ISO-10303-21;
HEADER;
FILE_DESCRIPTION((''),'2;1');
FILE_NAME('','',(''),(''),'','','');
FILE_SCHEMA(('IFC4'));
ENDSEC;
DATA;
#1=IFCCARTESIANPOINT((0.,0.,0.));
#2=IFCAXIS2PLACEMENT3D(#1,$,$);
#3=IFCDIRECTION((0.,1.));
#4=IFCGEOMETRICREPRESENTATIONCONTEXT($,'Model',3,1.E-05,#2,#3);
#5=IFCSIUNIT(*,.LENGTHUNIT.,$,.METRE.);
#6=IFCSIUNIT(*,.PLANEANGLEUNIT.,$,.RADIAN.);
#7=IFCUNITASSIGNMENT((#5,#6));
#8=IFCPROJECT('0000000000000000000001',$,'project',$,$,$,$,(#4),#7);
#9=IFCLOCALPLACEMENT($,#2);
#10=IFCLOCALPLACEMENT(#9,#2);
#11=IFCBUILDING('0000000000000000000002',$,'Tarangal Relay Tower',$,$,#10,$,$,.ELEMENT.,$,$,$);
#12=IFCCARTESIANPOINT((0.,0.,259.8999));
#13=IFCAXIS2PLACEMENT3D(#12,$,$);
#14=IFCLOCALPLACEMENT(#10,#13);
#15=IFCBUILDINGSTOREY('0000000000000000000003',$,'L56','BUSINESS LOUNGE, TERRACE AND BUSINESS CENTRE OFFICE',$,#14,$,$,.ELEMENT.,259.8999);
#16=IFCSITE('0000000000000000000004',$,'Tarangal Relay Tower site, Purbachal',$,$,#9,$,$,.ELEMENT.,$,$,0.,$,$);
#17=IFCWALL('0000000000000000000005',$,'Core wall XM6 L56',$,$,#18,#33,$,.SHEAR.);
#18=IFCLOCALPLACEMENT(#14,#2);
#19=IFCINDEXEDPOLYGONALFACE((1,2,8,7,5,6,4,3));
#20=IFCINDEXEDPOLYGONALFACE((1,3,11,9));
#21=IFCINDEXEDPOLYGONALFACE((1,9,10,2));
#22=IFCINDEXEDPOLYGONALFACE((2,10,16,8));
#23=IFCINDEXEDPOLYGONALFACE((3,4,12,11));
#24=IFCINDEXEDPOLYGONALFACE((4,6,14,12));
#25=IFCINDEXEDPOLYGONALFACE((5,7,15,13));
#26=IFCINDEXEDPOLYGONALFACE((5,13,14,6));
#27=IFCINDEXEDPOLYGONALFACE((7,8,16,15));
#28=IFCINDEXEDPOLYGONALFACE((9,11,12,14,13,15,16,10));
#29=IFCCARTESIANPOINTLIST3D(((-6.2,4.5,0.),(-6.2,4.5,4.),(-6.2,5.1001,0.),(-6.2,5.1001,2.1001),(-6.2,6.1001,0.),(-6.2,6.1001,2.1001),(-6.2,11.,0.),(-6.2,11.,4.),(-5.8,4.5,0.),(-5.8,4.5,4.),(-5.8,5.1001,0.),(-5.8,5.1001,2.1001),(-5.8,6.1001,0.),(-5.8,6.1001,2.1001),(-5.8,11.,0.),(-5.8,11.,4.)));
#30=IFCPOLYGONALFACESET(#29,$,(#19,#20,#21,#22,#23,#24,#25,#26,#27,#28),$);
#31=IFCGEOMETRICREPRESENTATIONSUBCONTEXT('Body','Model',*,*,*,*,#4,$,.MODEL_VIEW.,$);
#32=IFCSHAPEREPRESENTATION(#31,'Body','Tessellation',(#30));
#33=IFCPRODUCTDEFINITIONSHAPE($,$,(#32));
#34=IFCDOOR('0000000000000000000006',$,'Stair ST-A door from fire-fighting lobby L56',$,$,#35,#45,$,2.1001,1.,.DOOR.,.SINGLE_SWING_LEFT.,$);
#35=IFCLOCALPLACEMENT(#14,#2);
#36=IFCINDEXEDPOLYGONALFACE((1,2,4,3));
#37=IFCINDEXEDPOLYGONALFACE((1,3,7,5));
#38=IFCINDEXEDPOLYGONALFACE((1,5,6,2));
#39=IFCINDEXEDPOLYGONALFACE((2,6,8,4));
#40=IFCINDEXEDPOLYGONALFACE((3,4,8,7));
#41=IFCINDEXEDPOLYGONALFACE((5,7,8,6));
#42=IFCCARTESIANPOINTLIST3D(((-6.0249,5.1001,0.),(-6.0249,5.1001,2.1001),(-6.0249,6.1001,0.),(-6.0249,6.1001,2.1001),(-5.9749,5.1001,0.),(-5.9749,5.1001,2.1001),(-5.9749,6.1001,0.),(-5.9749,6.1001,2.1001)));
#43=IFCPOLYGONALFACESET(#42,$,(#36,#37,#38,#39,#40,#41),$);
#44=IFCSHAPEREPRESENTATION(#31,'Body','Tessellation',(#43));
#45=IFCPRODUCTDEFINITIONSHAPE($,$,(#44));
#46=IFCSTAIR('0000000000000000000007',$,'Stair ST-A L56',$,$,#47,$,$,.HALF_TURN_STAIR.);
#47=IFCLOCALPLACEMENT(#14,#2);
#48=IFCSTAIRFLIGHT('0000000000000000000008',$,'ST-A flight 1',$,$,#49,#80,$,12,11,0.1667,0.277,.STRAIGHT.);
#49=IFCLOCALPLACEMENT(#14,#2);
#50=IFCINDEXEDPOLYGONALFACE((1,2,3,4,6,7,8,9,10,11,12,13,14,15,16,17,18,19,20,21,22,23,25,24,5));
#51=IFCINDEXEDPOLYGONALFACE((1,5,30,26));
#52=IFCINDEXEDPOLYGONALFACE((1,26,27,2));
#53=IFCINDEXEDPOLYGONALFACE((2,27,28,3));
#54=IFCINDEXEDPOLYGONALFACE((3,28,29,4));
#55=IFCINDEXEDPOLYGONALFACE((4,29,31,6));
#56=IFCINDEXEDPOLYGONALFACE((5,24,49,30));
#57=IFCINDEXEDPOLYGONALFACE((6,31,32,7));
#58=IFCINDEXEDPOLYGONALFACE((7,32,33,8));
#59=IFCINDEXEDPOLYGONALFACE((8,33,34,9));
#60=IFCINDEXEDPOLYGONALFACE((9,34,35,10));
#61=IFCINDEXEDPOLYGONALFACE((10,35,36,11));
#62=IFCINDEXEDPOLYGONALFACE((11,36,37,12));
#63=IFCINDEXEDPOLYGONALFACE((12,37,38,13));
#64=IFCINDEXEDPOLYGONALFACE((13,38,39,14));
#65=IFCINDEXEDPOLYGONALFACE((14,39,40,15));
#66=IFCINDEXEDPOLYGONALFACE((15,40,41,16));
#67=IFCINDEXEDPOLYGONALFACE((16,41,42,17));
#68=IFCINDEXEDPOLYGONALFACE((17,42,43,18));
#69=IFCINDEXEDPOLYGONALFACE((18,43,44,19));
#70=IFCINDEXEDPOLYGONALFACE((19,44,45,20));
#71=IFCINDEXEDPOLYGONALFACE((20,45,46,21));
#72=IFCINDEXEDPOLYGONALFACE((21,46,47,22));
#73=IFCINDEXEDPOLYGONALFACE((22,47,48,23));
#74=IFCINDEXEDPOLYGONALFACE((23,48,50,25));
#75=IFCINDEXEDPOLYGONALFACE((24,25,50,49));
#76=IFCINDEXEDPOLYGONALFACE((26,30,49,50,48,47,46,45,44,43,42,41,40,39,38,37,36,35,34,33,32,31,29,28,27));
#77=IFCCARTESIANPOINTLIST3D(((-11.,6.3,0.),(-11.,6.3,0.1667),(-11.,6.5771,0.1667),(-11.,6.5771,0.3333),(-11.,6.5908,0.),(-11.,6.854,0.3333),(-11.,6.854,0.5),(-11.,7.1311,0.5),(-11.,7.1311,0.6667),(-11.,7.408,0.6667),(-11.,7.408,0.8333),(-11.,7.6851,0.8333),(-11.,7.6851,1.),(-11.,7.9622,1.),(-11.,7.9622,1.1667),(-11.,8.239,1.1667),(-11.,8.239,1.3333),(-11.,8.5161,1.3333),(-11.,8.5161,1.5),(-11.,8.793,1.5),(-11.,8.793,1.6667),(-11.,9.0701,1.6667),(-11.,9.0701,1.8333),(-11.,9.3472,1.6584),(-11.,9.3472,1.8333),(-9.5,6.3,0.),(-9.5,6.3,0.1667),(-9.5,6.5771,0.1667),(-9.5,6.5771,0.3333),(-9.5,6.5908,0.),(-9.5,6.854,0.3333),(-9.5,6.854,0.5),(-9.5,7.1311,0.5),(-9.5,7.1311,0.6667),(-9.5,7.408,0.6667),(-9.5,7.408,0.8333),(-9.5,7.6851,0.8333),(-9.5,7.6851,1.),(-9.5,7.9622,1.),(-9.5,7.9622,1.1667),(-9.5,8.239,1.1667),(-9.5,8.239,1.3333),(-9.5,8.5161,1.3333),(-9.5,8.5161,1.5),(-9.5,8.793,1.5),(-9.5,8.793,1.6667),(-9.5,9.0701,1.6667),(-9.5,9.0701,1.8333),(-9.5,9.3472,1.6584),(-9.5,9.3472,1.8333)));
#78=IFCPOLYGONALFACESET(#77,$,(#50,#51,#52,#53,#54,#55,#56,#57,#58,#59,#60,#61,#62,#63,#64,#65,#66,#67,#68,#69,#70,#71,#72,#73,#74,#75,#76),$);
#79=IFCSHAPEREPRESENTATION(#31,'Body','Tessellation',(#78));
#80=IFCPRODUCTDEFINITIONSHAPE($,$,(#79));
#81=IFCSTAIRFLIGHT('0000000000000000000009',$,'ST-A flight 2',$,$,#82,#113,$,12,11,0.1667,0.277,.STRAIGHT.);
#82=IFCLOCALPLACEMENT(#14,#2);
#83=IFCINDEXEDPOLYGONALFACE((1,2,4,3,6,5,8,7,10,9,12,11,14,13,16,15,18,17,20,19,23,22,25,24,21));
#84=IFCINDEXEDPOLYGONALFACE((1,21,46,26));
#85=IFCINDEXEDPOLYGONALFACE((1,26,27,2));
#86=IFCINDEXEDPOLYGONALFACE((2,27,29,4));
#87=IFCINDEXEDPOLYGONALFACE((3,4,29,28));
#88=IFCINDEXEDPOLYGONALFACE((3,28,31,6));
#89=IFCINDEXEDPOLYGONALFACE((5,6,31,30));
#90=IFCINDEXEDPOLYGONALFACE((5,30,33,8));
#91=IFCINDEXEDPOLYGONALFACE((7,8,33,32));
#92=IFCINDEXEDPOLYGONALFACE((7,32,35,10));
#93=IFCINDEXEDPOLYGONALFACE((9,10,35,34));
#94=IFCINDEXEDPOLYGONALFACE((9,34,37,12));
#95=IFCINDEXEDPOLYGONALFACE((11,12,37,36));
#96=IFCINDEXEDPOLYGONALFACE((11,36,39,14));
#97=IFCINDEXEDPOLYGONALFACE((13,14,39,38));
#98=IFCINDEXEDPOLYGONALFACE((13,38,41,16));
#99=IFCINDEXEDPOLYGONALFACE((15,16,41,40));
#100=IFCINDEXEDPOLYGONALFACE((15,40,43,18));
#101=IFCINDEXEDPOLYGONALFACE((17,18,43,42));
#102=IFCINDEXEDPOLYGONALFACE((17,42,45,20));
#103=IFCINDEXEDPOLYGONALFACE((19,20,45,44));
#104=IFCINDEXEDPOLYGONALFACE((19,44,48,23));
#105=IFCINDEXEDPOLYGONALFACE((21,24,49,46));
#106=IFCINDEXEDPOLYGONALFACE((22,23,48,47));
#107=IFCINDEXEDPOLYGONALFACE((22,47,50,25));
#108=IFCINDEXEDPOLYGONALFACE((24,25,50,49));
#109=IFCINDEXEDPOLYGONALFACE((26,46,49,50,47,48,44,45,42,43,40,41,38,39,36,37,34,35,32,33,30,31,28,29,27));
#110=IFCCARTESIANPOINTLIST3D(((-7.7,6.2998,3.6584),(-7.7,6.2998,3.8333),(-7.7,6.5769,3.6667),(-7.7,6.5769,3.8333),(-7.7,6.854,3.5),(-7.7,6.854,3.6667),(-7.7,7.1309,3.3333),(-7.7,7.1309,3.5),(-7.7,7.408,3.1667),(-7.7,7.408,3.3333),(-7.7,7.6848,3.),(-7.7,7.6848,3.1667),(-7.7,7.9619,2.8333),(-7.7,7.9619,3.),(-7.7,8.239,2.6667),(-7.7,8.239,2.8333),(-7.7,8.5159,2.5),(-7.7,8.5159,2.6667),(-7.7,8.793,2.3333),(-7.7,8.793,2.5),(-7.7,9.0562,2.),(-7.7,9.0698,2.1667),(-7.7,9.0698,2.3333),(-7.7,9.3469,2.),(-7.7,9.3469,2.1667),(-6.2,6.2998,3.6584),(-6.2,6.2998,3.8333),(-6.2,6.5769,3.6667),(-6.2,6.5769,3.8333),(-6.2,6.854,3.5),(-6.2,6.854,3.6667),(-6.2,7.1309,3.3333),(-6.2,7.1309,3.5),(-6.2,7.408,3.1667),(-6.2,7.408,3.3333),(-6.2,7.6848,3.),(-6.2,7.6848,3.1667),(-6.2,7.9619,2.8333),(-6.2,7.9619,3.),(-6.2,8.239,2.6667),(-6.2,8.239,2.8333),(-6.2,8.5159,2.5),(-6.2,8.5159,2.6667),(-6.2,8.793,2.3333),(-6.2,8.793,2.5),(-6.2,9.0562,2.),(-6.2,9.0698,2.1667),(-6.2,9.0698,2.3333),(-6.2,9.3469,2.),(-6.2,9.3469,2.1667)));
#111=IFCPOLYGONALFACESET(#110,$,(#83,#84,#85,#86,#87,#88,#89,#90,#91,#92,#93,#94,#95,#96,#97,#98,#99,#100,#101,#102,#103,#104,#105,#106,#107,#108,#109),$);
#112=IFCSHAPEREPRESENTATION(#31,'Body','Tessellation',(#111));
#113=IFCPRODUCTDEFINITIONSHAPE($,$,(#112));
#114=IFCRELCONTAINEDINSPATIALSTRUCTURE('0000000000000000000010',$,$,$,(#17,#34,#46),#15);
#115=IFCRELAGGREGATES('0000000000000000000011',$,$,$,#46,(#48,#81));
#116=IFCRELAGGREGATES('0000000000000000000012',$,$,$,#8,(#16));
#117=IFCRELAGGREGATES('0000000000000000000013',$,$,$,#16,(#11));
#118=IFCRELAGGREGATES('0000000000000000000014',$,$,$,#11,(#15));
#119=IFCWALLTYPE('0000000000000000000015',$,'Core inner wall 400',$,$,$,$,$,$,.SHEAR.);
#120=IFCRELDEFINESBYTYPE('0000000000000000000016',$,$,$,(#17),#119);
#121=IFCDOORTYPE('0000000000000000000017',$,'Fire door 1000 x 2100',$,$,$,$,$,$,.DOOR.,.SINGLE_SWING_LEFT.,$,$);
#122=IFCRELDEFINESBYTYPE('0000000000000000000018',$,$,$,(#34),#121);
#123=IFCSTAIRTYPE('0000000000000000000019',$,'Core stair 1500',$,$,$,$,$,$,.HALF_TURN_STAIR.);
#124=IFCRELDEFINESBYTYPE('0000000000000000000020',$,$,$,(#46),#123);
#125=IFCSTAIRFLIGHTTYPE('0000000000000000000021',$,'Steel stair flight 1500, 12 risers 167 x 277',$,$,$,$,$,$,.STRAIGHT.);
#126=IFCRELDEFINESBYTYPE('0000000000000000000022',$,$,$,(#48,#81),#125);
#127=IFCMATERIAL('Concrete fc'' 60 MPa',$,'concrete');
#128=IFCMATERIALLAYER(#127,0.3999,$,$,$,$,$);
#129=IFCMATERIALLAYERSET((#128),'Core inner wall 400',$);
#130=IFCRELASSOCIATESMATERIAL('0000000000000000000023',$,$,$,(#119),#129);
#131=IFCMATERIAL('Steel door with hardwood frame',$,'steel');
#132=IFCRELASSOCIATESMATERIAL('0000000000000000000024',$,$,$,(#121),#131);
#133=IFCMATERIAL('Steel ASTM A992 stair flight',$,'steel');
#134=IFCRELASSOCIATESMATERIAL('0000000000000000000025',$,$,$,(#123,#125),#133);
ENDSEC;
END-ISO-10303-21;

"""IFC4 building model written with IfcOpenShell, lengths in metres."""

from ifc_helpers import new_model, si_unit, direction, frame, frame_2d, origin, place, context, subcontext, project, spatial, polyline, rectangle, outline, extrude, material, layer, layer_set, type_object, element, fill, aggregate, save


model = new_model("IFC4")

# Units and contexts
model_context = context("Model", 3, precision=1e-05, world=origin(), true_north=direction((0.0, 1.0)))
body_context = subcontext(model_context, "Body", "Model", "MODEL_VIEW")
ifc_project = project(units=[si_unit("LENGTHUNIT", "METRE"), si_unit("PLANEANGLEUNIT", "RADIAN")], contexts=[model_context])

# Site, building, storey
site_placement = place(None, origin())
site = spatial("IfcSite", under=ifc_project, at=site_placement, Name="Tarangal Relay Tower site, Purbachal", CompositionType="ELEMENT", RefElevation=0.0)
building_placement = place(site_placement, origin())
building = spatial("IfcBuilding", under=site, at=building_placement, Name="Tarangal Relay Tower", CompositionType="ELEMENT")
storey_placement = place(building_placement, frame((0.0, 0.0, 259.8999)))
storey = spatial("IfcBuildingStorey", under=building, at=storey_placement, Name="L56", Description="BUSINESS LOUNGE, TERRACE AND BUSINESS CENTRE OFFICE", CompositionType="ELEMENT", Elevation=259.8999)

# Shared definitions
ifc_material_1 = material(Name="Concrete fc' 60 MPa", Category="concrete")
ifc_layer = layer(ifc_material_1, 0.3999)
ifc_layer_set = layer_set([ifc_layer], Name="Core inner wall 400")
wall_type = type_object("IfcWallType", Name="Core inner wall 400", PredefinedType="SHEAR", material=ifc_layer_set)
ifc_material_2 = material(Name="Steel door with hardwood frame", Category="steel")
door_type_1 = type_object("IfcDoorType", Name="Fire door 1000 x 2100", OperationType="SINGLE_SWING_LEFT", PredefinedType="DOOR", material=ifc_material_2)

# Wall, opening, door
wall_1_placement = place(storey_placement, frame((-6.0, 4.5, 0.0), z_axis=(0.0, 0.0, 1.0), x_axis=(0.0, 1.0, 0.0)))
wall_1 = element("IfcWall", 1, at=wall_1_placement, inside=storey, type_object=wall_type, Name="Core wall XM6 L56", PredefinedType="SHEAR", context=body_context, shape_type="SweptSolid", body=[
    extrude(rectangle(XDim=6.5, YDim=0.3999, at=frame_2d((3.25, 0.0))), origin(), (0.0, 0.0, 1.0), 4.0),
])
opening_1_placement = place(wall_1_placement, frame((0.6001, 0.0, 0.0)))
opening_1 = element("IfcOpeningElement", 2, at=opening_1_placement, cuts=wall_1, PredefinedType="OPENING", context=body_context, shape_type="SweptSolid", body=[
    extrude(rectangle(XDim=1.0, YDim=2.1001, at=frame_2d((0.5, 1.05))), frame((0.0, 0.21, 0.0), z_axis=(0.0, -1.0, 0.0), x_axis=(1.0, 0.0, 0.0)), (0.0, 0.0, 1.0), 0.4199),
])
door_1_placement = place(opening_1_placement, origin())
door_1 = element("IfcDoor", 3, at=door_1_placement, inside=storey, type_object=door_type_1, Name="Stair ST-A door from fire-fighting lobby L56", OperationType="SINGLE_SWING_LEFT", OverallHeight=2.1001, OverallWidth=1.0, PredefinedType="DOOR", context=body_context, shape_type="SweptSolid", body=[
    extrude(rectangle(XDim=1.0, YDim=2.1001, at=frame_2d((0.5, 1.05))), frame((0.0, 0.0249, 0.0), z_axis=(0.0, -1.0, 0.0), x_axis=(1.0, 0.0, 0.0)), (0.0, 0.0, 1.0), 0.05),
])
fill(opening_1, door_1)

# Stair, stair flights
ifc_material_3 = material(Name="Steel ASTM A992 stair flight", Category="steel")
stair_type = type_object("IfcStairType", Name="Core stair 1500", PredefinedType="HALF_TURN_STAIR", material=ifc_material_3)
stair_placement = place(storey_placement, origin())
stair = element("IfcStair", 4, at=stair_placement, inside=storey, type_object=stair_type, Name="Stair ST-A L56", PredefinedType="HALF_TURN_STAIR")
stair_flight_type = type_object("IfcStairFlightType", Name="Steel stair flight 1500, 12 risers 167 x 277", PredefinedType="STRAIGHT", material=ifc_material_3)
stair_flight_1_placement = place(storey_placement, frame((-10.25, 6.3, 0.0), z_axis=(0.0, 0.0, 1.0), x_axis=(0.0, 1.0, 0.0)))
stair_flight_1 = element("IfcStairFlight", 5, at=stair_flight_1_placement, type_object=stair_flight_type, Name="ST-A flight 1", NumberOfRisers=12, NumberOfTreads=11, PredefinedType="STRAIGHT", RiserHeight=0.1667, TreadLength=0.277, context=body_context, shape_type="SweptSolid", body=[
    extrude(outline(polyline([(0.0, 0.0), (0.0, 0.1667), (0.2771, 0.1667), (0.2771, 0.3333), (0.554, 0.3333), (0.554, 0.5), (0.8311, 0.5), (0.8311, 0.6667), (1.1079, 0.6667), (1.1079, 0.8333), (1.385, 0.8333), (1.385, 1.0), (1.6621, 1.0), (1.6621, 1.1667), (1.939, 1.1667), (1.939, 1.3333), (2.2161, 1.3333), (2.2161, 1.5), (2.4929, 1.5), (2.4929, 1.6667), (2.77, 1.6667), (2.77, 1.8333), (3.0471, 1.8333), (3.0471, 2.0), (3.0471, 1.6584), (0.2908, 0.0), (0.0, 0.0)])), frame((0.0, 0.75, 0.0), z_axis=(0.0, -1.0, 0.0), x_axis=(1.0, 0.0, 0.0)), (0.0, 0.0, 1.0), 1.5),
])
stair_flight_2_placement = place(storey_placement, frame((-6.95, 9.3469, 2.0), z_axis=(0.0, 0.0, 1.0), x_axis=(0.0, -1.0, 0.0)))
stair_flight_2 = element("IfcStairFlight", 6, at=stair_flight_2_placement, type_object=stair_flight_type, Name="ST-A flight 2", NumberOfRisers=12, NumberOfTreads=11, PredefinedType="STRAIGHT", RiserHeight=0.1667, TreadLength=0.277, context=body_context, shape_type="SweptSolid", body=[
    extrude(outline(polyline([(0.0, 0.0), (0.0, 0.1667), (0.2771, 0.1667), (0.2771, 0.3333), (0.554, 0.3333), (0.554, 0.5), (0.8311, 0.5), (0.8311, 0.6667), (1.1079, 0.6667), (1.1079, 0.8333), (1.385, 0.8333), (1.385, 1.0), (1.6621, 1.0), (1.6621, 1.1667), (1.939, 1.1667), (1.939, 1.3333), (2.2161, 1.3333), (2.2161, 1.5), (2.4929, 1.5), (2.4929, 1.6667), (2.77, 1.6667), (2.77, 1.8333), (3.0471, 1.8333), (3.0471, 2.0), (3.0471, 1.6584), (0.2908, 0.0), (0.0, 0.0)])), frame((0.0, 0.75, 0.0), z_axis=(0.0, -1.0, 0.0), x_axis=(1.0, 0.0, 0.0)), (0.0, 0.0, 1.0), 1.5),
])
aggregate(stair, [stair_flight_1, stair_flight_2])

save(model, "model.ifc")
